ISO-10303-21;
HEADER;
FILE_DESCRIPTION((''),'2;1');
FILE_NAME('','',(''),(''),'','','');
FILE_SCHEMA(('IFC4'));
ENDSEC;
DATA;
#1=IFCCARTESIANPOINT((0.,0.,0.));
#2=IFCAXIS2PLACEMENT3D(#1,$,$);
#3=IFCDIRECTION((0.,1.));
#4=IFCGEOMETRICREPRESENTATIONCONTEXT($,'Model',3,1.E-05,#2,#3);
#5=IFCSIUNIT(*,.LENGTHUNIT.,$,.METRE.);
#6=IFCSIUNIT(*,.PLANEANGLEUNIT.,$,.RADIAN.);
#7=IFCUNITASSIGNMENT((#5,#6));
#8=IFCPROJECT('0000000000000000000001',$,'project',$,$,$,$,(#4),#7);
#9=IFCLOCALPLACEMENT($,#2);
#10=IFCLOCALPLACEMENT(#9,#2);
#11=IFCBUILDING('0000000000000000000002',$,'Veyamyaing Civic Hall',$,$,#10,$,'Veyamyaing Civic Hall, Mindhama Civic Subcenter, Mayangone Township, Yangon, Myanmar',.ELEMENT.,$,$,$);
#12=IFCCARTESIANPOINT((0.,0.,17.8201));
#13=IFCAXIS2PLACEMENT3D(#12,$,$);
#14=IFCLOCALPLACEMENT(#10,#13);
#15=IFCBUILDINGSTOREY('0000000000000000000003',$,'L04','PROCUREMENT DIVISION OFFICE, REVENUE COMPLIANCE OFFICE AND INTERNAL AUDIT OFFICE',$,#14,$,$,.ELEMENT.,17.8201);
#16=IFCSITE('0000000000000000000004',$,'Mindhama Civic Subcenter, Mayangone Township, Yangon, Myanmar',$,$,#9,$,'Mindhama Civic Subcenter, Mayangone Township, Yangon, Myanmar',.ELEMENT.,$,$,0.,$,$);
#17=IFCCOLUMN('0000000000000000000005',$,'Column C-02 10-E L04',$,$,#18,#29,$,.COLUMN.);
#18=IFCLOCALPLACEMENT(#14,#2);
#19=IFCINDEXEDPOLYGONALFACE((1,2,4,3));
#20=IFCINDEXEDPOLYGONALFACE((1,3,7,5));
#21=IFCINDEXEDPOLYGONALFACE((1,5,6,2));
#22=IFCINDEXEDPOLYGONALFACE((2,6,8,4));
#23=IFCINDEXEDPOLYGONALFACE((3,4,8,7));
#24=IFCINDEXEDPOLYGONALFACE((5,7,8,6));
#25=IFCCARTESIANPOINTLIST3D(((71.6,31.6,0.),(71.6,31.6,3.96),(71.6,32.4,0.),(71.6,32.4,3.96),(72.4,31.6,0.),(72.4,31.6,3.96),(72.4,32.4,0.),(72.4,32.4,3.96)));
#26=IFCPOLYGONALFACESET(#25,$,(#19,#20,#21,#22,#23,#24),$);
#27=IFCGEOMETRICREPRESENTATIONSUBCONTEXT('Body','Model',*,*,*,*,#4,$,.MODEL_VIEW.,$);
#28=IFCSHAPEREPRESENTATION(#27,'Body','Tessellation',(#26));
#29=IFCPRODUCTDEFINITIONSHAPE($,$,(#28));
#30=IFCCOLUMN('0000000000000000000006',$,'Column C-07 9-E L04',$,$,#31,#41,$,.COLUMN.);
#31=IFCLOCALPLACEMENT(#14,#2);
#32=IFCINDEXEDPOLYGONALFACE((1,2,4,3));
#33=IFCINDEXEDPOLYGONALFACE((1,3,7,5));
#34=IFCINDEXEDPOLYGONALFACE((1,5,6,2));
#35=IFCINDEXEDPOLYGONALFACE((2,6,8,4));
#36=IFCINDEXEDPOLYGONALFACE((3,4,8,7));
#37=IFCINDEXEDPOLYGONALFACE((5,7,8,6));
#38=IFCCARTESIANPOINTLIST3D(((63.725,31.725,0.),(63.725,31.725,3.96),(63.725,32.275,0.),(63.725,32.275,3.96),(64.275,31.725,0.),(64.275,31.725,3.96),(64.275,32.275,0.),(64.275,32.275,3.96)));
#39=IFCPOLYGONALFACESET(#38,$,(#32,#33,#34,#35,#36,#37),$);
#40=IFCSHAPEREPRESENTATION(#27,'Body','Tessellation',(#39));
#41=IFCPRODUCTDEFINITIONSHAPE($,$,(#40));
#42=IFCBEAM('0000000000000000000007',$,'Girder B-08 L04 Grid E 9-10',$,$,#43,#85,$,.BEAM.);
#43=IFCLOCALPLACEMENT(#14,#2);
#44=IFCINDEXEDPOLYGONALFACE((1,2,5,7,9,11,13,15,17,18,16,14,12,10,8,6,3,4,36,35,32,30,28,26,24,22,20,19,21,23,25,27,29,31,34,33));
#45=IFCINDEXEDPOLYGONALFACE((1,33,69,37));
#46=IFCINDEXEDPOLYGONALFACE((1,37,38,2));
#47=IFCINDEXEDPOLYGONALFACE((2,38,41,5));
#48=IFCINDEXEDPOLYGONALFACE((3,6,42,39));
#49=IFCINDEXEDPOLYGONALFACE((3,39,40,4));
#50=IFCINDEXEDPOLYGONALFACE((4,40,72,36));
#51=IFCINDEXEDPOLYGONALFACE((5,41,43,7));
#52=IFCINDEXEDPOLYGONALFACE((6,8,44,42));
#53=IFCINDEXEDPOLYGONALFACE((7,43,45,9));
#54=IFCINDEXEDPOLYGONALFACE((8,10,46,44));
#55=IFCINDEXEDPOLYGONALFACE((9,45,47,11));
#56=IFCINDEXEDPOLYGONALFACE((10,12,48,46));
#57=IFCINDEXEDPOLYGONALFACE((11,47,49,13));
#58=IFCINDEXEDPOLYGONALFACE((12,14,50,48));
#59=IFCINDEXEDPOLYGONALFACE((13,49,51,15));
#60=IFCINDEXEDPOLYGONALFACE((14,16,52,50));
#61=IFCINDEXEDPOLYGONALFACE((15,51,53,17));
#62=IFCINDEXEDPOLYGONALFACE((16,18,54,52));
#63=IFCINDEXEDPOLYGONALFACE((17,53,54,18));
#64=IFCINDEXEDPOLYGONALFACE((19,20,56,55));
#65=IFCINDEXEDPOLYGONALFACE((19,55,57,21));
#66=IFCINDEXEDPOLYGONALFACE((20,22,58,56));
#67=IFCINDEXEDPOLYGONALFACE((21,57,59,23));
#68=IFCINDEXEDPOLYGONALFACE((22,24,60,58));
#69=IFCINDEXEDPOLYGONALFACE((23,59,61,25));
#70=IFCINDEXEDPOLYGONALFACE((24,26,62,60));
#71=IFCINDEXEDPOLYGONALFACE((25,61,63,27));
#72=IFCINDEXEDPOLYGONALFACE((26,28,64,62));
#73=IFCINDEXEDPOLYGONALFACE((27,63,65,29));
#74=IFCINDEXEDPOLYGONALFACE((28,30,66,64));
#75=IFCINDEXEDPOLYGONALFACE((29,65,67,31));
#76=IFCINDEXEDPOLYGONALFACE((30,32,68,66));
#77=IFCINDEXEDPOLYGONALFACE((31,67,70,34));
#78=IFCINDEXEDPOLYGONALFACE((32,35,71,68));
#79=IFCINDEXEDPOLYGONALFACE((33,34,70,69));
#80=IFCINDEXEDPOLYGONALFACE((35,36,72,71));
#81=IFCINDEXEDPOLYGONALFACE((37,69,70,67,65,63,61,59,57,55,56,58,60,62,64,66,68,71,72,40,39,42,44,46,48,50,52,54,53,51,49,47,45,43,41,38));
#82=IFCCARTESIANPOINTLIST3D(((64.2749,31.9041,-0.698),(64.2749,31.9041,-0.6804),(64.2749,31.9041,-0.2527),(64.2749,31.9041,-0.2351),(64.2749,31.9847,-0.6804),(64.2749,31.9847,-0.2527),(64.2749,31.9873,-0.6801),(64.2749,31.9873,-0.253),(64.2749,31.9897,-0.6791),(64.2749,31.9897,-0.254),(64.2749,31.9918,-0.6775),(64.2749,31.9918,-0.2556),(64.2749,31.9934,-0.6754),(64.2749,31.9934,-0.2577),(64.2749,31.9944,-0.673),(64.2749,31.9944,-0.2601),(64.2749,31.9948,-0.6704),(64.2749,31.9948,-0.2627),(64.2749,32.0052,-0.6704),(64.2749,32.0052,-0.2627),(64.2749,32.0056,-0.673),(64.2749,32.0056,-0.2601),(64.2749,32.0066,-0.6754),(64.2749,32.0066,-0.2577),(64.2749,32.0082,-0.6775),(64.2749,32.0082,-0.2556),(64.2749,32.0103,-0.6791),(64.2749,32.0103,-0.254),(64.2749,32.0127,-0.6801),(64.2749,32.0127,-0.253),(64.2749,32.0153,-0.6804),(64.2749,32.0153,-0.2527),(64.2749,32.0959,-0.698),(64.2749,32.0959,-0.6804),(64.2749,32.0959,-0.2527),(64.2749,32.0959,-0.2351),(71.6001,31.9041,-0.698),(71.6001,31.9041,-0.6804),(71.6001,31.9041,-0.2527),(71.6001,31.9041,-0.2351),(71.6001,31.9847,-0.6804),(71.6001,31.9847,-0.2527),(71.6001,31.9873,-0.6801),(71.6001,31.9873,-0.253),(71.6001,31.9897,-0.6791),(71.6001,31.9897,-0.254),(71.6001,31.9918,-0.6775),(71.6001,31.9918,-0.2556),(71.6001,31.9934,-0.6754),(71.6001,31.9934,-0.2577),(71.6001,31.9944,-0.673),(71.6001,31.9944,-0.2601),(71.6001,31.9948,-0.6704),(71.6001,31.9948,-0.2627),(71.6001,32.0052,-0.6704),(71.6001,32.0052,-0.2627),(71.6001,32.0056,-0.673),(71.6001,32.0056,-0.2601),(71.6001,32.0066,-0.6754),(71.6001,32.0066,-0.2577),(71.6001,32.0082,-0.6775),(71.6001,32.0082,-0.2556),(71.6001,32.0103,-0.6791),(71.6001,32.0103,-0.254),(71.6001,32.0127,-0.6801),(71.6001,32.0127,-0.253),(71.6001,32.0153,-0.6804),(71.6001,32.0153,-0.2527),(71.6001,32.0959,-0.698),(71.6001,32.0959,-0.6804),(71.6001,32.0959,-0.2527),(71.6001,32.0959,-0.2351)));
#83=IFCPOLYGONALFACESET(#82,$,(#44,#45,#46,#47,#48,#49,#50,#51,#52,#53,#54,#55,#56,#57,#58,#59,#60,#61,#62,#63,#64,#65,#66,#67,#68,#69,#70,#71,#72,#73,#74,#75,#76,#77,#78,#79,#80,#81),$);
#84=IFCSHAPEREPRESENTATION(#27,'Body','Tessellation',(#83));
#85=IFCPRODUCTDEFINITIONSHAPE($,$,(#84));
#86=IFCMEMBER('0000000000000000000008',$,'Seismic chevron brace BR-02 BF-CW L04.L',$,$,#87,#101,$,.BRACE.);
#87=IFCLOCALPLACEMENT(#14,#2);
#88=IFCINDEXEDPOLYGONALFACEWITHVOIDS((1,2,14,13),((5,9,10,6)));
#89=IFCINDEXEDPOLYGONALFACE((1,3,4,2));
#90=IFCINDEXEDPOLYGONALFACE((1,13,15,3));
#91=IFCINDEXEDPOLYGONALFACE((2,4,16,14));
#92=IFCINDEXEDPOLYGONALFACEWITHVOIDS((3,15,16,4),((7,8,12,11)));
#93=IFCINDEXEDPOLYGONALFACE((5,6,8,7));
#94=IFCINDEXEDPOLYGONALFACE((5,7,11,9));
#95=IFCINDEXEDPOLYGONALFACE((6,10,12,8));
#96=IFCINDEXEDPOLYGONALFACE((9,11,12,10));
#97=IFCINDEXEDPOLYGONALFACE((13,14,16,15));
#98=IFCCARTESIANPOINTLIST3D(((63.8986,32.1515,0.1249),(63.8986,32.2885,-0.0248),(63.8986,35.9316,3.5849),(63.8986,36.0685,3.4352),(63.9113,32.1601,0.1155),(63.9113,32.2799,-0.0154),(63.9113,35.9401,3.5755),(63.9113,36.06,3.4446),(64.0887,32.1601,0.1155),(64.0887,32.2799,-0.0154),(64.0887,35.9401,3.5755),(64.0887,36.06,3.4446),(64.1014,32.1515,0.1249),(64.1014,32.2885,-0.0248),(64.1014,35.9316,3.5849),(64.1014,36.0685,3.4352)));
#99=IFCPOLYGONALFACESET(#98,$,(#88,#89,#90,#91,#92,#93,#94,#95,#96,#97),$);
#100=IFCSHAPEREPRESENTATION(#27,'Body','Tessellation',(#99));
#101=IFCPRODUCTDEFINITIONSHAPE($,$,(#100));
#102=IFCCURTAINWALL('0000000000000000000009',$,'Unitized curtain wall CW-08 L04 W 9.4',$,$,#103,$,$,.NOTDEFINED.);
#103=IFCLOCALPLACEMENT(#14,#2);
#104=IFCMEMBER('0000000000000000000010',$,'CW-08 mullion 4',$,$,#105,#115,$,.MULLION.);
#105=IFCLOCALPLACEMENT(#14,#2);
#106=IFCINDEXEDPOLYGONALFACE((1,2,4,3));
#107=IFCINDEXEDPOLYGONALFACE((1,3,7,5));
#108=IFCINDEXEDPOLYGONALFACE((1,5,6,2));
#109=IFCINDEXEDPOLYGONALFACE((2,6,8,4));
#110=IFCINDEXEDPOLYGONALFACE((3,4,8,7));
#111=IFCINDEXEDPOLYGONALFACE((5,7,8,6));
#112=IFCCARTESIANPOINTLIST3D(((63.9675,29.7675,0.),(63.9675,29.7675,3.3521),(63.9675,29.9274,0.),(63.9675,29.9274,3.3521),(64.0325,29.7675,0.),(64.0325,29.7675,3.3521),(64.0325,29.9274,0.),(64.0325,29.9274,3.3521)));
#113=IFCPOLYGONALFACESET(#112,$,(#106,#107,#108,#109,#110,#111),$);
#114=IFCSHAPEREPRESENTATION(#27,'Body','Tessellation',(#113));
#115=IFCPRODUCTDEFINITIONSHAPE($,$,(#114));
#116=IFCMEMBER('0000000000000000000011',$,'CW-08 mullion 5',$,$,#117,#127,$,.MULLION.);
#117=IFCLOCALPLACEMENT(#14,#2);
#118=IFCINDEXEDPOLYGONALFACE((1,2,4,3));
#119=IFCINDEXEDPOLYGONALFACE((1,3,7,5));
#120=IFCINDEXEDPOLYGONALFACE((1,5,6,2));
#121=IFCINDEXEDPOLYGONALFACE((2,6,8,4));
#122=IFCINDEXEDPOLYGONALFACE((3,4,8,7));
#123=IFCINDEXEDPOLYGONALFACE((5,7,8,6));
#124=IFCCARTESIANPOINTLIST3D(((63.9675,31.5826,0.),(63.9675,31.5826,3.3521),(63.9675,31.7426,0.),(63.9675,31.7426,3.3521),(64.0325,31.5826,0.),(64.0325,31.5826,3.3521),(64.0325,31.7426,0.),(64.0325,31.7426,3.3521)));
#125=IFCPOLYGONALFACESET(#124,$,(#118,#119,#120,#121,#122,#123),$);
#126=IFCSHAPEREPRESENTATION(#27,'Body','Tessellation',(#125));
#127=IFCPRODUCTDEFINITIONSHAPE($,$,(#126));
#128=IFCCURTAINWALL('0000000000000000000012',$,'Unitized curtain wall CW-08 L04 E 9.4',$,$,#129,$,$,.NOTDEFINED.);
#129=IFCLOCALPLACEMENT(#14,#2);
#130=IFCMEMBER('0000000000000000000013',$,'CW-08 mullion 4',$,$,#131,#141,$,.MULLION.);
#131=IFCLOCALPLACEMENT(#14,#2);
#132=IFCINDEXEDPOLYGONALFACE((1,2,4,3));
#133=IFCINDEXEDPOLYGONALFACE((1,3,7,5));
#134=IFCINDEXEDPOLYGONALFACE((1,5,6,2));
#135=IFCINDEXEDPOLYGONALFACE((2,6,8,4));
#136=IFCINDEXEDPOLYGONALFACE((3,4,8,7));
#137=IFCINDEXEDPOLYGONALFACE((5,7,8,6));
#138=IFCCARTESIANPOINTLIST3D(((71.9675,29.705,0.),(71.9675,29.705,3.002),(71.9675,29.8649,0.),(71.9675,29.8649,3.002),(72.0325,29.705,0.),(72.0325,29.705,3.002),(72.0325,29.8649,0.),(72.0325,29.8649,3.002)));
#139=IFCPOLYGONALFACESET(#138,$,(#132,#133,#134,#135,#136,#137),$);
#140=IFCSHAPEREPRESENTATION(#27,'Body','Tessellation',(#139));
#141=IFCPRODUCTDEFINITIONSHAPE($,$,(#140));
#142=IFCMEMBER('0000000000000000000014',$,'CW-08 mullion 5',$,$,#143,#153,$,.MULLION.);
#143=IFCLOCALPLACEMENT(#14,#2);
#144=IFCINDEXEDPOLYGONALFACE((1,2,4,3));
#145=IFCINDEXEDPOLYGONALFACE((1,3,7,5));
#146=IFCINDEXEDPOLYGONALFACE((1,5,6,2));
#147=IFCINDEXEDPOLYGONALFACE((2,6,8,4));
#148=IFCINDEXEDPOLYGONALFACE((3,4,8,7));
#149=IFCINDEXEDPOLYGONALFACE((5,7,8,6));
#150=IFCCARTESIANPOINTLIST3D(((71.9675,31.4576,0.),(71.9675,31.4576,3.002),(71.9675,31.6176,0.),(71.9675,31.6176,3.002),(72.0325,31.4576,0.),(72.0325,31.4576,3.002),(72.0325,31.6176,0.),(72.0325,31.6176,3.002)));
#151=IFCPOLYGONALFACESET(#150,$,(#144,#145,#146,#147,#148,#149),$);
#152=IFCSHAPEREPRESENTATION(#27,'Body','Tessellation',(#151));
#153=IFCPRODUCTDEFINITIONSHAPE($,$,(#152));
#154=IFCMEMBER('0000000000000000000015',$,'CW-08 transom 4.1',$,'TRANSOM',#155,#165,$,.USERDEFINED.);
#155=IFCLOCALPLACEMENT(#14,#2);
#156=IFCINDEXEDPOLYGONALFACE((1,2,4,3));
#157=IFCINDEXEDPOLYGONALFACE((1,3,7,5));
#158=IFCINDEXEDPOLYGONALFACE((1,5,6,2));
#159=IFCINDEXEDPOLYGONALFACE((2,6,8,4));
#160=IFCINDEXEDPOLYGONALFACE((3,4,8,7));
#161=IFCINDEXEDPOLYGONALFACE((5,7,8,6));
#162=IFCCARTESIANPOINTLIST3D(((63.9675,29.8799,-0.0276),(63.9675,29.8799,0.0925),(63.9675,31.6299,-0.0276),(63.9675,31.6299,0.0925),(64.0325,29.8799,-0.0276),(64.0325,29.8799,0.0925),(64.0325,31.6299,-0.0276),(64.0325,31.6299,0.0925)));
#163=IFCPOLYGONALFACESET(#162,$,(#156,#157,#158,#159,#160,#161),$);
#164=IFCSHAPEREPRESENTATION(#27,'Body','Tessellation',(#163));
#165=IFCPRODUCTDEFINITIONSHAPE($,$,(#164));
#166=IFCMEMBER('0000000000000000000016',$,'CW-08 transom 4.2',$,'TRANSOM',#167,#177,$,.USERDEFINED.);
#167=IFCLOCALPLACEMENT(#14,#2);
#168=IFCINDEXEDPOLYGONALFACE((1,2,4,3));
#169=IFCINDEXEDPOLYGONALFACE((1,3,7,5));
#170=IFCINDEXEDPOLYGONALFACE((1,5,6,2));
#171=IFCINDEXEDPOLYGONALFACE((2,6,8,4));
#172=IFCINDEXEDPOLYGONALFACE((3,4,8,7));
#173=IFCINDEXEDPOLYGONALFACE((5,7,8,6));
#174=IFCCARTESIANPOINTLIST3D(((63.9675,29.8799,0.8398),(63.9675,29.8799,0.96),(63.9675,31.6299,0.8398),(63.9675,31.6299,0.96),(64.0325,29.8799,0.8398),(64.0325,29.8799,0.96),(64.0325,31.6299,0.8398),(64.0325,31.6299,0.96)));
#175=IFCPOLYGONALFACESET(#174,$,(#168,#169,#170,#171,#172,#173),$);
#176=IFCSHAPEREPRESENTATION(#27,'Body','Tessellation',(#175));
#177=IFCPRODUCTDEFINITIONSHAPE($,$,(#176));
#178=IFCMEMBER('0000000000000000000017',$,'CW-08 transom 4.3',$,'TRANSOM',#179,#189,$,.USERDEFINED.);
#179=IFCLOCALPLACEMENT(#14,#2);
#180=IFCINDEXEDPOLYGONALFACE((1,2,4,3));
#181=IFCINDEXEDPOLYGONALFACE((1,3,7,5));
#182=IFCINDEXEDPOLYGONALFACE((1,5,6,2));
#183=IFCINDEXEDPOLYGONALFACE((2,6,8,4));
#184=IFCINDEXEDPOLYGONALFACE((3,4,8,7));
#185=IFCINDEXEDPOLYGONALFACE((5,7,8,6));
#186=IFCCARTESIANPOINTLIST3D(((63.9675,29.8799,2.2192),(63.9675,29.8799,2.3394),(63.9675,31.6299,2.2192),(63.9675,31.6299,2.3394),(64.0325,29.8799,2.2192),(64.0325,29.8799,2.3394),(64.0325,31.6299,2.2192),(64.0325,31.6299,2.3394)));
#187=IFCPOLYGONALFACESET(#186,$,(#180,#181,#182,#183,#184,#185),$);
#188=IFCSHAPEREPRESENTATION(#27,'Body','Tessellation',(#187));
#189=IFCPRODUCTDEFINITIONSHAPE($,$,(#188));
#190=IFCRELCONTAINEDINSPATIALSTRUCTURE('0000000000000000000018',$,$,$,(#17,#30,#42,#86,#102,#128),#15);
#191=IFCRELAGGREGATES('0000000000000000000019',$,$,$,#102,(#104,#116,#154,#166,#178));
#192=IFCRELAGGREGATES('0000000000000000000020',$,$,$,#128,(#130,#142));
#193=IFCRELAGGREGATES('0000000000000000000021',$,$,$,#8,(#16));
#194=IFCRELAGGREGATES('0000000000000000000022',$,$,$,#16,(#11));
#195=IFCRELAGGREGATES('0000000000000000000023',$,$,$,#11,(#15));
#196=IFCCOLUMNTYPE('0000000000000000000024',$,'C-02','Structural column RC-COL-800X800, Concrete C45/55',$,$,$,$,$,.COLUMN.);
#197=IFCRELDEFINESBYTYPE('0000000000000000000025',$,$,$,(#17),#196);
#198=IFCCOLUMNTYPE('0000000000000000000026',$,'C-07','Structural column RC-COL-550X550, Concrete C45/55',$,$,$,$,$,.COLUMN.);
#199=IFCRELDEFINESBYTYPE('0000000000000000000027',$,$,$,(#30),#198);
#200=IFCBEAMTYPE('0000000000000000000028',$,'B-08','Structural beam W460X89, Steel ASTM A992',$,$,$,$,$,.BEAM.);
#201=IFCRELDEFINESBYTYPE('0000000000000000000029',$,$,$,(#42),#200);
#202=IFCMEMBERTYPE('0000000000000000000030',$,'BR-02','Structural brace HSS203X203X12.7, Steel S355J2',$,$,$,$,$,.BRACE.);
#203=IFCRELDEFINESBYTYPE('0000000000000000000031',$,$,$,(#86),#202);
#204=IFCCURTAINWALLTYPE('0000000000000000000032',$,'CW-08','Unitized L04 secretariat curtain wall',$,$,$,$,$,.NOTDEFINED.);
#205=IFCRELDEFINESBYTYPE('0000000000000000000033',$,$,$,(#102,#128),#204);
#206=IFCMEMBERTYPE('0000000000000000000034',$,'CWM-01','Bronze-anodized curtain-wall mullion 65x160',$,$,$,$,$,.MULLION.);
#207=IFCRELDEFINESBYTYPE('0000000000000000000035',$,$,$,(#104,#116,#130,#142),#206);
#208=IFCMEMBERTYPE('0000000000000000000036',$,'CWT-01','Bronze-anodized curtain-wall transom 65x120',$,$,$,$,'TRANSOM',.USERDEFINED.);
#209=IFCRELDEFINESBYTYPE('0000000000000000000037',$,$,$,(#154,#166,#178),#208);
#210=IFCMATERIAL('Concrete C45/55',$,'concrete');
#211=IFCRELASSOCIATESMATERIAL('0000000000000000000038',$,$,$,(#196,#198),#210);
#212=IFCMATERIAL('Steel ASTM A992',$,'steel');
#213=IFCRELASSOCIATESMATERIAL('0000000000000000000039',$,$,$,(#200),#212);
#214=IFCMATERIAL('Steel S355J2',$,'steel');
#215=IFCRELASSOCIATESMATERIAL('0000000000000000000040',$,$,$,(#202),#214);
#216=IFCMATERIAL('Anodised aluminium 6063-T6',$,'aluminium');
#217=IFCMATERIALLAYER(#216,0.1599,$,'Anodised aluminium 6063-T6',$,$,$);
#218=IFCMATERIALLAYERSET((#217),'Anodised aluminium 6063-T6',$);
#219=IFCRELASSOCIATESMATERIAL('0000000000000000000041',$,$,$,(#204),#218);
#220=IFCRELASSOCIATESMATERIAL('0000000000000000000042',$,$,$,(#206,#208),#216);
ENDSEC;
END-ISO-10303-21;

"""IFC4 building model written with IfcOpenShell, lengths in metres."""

from ifc_helpers import new_model, si_unit, direction, frame, origin, origin_2d, place, context, subcontext, project, spatial, rectangle, hollow_rectangle, i_section, extrude, material, layer, layer_set, material_profile, profile_set, type_object, element, aggregate, save


model = new_model("IFC4")

# Units and contexts
model_context = context("Model", 3, precision=1e-05, world=origin(), true_north=direction((0.0, 1.0)))
body_context = subcontext(model_context, "Body", "Model", "MODEL_VIEW")
ifc_project = project(units=[si_unit("LENGTHUNIT", "METRE"), si_unit("PLANEANGLEUNIT", "RADIAN")], contexts=[model_context])

# Site, building, storey
site_placement = place(None, origin())
site = spatial("IfcSite", under=ifc_project, at=site_placement, Name="Mindhama Civic Subcenter, Mayangone Township, Yangon, Myanmar", LongName="Mindhama Civic Subcenter, Mayangone Township, Yangon, Myanmar", CompositionType="ELEMENT", RefElevation=0.0)
building_placement = place(site_placement, origin())
building = spatial("IfcBuilding", under=site, at=building_placement, Name="Veyamyaing Civic Hall", LongName="Veyamyaing Civic Hall, Mindhama Civic Subcenter, Mayangone Township, Yangon, Myanmar", CompositionType="ELEMENT")
storey_placement = place(building_placement, frame((0.0, 0.0, 17.8201)))
storey = spatial("IfcBuildingStorey", under=building, at=storey_placement, Name="L04", Description="PROCUREMENT DIVISION OFFICE, REVENUE COMPLIANCE OFFICE AND INTERNAL AUDIT OFFICE", CompositionType="ELEMENT", Elevation=17.8201)

# Columns
ifc_material_1 = material(Name="Concrete C45/55", Category="concrete")
ifc_material_profile_1 = material_profile(ifc_material_1, rectangle(XDim=0.8, YDim=0.8, at=origin_2d()), Name="RC-COL-800X800")
ifc_profile_set_1 = profile_set([ifc_material_profile_1], Name="Concrete C45/55")
column_type_1 = type_object("IfcColumnType", Name="C-02", Description="Structural column RC-COL-800X800, Concrete C45/55", PredefinedType="COLUMN", material=ifc_profile_set_1)
column_1_placement = place(storey_placement, frame((72.0, 32.0, 0.0), z_axis=(0.0, 0.0, 1.0), x_axis=(1.0, 0.0, 0.0)))
element("IfcColumn", 1, at=column_1_placement, inside=storey, type_object=column_type_1, Name="Column C-02 10-E L04", PredefinedType="COLUMN", context=body_context, shape_type="SweptSolid", body=[
    extrude(rectangle(XDim=0.8, YDim=0.8, at=origin_2d()), origin(), (0.0, 0.0, 1.0), 3.96),
])
ifc_material_profile_2 = material_profile(ifc_material_1, rectangle(XDim=0.55, YDim=0.55, at=origin_2d()), Name="RC-COL-550X550")
ifc_profile_set_2 = profile_set([ifc_material_profile_2], Name="Concrete C45/55")
column_type_2 = type_object("IfcColumnType", Name="C-07", Description="Structural column RC-COL-550X550, Concrete C45/55", PredefinedType="COLUMN", material=ifc_profile_set_2)
column_2_placement = place(storey_placement, frame((64.0, 32.0, 0.0), z_axis=(0.0, 0.0, 1.0), x_axis=(1.0, 0.0, 0.0)))
element("IfcColumn", 2, at=column_2_placement, inside=storey, type_object=column_type_2, Name="Column C-07 9-E L04", PredefinedType="COLUMN", context=body_context, shape_type="SweptSolid", body=[
    extrude(rectangle(XDim=0.55, YDim=0.55, at=origin_2d()), origin(), (0.0, 0.0, 1.0), 3.96),
])

# Beam
ifc_material_2 = material(Name="Steel ASTM A992", Category="steel")
ifc_material_profile_3 = material_profile(ifc_material_2, i_section(OverallWidth=0.1919, OverallDepth=0.4629, WebThickness=0.0105, FlangeThickness=0.0176, FilletRadius=0.01, at=origin_2d()), Name="W460X89")
ifc_profile_set_3 = profile_set([ifc_material_profile_3], Name="Steel ASTM A992")
beam_type_1 = type_object("IfcBeamType", Name="B-08", Description="Structural beam W460X89, Steel ASTM A992", PredefinedType="BEAM", material=ifc_profile_set_3)
beam_1_placement = place(storey_placement, frame((64.2749, 32.0, -0.4666), z_axis=(1.0, 0.0, 0.0), x_axis=(0.0, 1.0, 0.0)))
element("IfcBeam", 3, at=beam_1_placement, inside=storey, type_object=beam_type_1, Name="Girder B-08 L04 Grid E 9-10", PredefinedType="BEAM", context=body_context, shape_type="SweptSolid", body=[
    extrude(i_section(OverallWidth=0.1919, OverallDepth=0.4629, WebThickness=0.0105, FlangeThickness=0.0176, FilletRadius=0.01, at=origin_2d()), origin(), (0.0, 0.0, 1.0), 7.3252),
])

# Member
ifc_material_3 = material(Name="Steel S355J2", Category="steel")
ifc_material_profile_4 = material_profile(ifc_material_3, hollow_rectangle(XDim=0.2029, YDim=0.2029, WallThickness=0.0127, at=origin_2d()), Name="HSS203X203X12.7")
ifc_profile_set_4 = profile_set([ifc_material_profile_4], Name="Steel S355J2")
member_type_1 = type_object("IfcMemberType", Name="BR-02", Description="Structural brace HSS203X203X12.7, Steel S355J2", PredefinedType="BRACE", material=ifc_profile_set_4)
member_1_placement = place(storey_placement, frame((64.0, 32.22, 0.05), z_axis=(0.0, 0.737646, 0.675187), x_axis=(-1.0, 0.0, 0.0)))
element("IfcMember", 4, at=member_1_placement, inside=storey, type_object=member_type_1, Name="Seismic chevron brace BR-02 BF-CW L04.L", PredefinedType="BRACE", context=body_context, shape_type="SweptSolid", body=[
    extrude(hollow_rectangle(XDim=0.2029, YDim=0.2029, WallThickness=0.0127, at=origin_2d()), origin(), (0.0, 0.0, 1.0), 5.1245),
])

# Curtain walls, members
ifc_material_4 = material(Name="Anodised aluminium 6063-T6", Category="aluminium")
ifc_layer_1 = layer(ifc_material_4, 0.1599, Name="Anodised aluminium 6063-T6")
ifc_layer_set_1 = layer_set([ifc_layer_1], Name="Anodised aluminium 6063-T6")
curtain_wall_type = type_object("IfcCurtainWallType", Name="CW-08", Description="Unitized L04 secretariat curtain wall", PredefinedType="NOTDEFINED", material=ifc_layer_set_1)
curtain_wall_1_placement = place(storey_placement, origin())
curtain_wall_1 = element("IfcCurtainWall", 5, at=curtain_wall_1_placement, inside=storey, type_object=curtain_wall_type, Name="Unitized curtain wall CW-08 L04 W 9.4", PredefinedType="NOTDEFINED")
ifc_material_profile_5 = material_profile(ifc_material_4, rectangle(XDim=0.0649, YDim=0.1599, at=origin_2d()), Name="ALU-MUL-65X160")
ifc_profile_set_5 = profile_set([ifc_material_profile_5], Name="Anodised aluminium 6063-T6")
member_type_2 = type_object("IfcMemberType", Name="CWM-01", Description="Bronze-anodized curtain-wall mullion 65x160", PredefinedType="MULLION", material=ifc_profile_set_5)
member_2_placement = place(storey_placement, frame((64.0, 29.8474, 0.0), z_axis=(0.0, 0.0, 1.0), x_axis=(-1.0, 0.0, 0.0)))
member_2 = element("IfcMember", 6, at=member_2_placement, type_object=member_type_2, Name="CW-08 mullion 4", PredefinedType="MULLION", context=body_context, shape_type="SweptSolid", body=[
    extrude(rectangle(XDim=0.0649, YDim=0.1599, at=origin_2d()), origin(), (0.0, 0.0, 1.0), 3.3521),
])
member_3_placement = place(storey_placement, frame((64.0, 31.6626, 0.0), z_axis=(0.0, 0.0, 1.0), x_axis=(-1.0, 0.0, 0.0)))
member_3 = element("IfcMember", 7, at=member_3_placement, type_object=member_type_2, Name="CW-08 mullion 5", PredefinedType="MULLION", context=body_context, shape_type="SweptSolid", body=[
    extrude(rectangle(XDim=0.0649, YDim=0.1599, at=origin_2d()), origin(), (0.0, 0.0, 1.0), 3.3521),
])
curtain_wall_2_placement = place(storey_placement, origin())
curtain_wall_2 = element("IfcCurtainWall", 8, at=curtain_wall_2_placement, inside=storey, type_object=curtain_wall_type, Name="Unitized curtain wall CW-08 L04 E 9.4", PredefinedType="NOTDEFINED")
member_4_placement = place(storey_placement, frame((72.0, 29.7849, 0.0), z_axis=(0.0, 0.0, 1.0), x_axis=(-1.0, 0.0, 0.0)))
member_4 = element("IfcMember", 9, at=member_4_placement, type_object=member_type_2, Name="CW-08 mullion 4", PredefinedType="MULLION", context=body_context, shape_type="SweptSolid", body=[
    extrude(rectangle(XDim=0.0649, YDim=0.1599, at=origin_2d()), origin(), (0.0, 0.0, 1.0), 3.002),
])
member_5_placement = place(storey_placement, frame((72.0, 31.5376, 0.0), z_axis=(0.0, 0.0, 1.0), x_axis=(-1.0, 0.0, 0.0)))
member_5 = element("IfcMember", 10, at=member_5_placement, type_object=member_type_2, Name="CW-08 mullion 5", PredefinedType="MULLION", context=body_context, shape_type="SweptSolid", body=[
    extrude(rectangle(XDim=0.0649, YDim=0.1599, at=origin_2d()), origin(), (0.0, 0.0, 1.0), 3.002),
])

# Members
ifc_material_profile_6 = material_profile(ifc_material_4, rectangle(XDim=0.0649, YDim=0.1201, at=origin_2d()), Name="ALU-TRN-65X120")
ifc_profile_set_6 = profile_set([ifc_material_profile_6], Name="Anodised aluminium 6063-T6")
member_type_3 = type_object("IfcMemberType", Name="CWT-01", Description="Bronze-anodized curtain-wall transom 65x120", ElementType="TRANSOM", PredefinedType="USERDEFINED", material=ifc_profile_set_6)
member_6_placement = place(storey_placement, frame((64.0, 29.8799, 0.0325), z_axis=(0.0, 1.0, 0.0), x_axis=(-1.0, 0.0, 0.0)))
member_6 = element("IfcMember", 11, at=member_6_placement, type_object=member_type_3, Name="CW-08 transom 4.1", ObjectType="TRANSOM", PredefinedType="USERDEFINED", context=body_context, shape_type="SweptSolid", body=[
    extrude(rectangle(XDim=0.0649, YDim=0.1201, at=origin_2d()), origin(), (0.0, 0.0, 1.0), 1.75),
])
member_7_placement = place(storey_placement, frame((64.0, 29.8799, 0.8999), z_axis=(0.0, 1.0, 0.0), x_axis=(-1.0, 0.0, 0.0)))
member_7 = element("IfcMember", 12, at=member_7_placement, type_object=member_type_3, Name="CW-08 transom 4.2", ObjectType="TRANSOM", PredefinedType="USERDEFINED", context=body_context, shape_type="SweptSolid", body=[
    extrude(rectangle(XDim=0.0649, YDim=0.1201, at=origin_2d()), origin(), (0.0, 0.0, 1.0), 1.75),
])
member_8_placement = place(storey_placement, frame((64.0, 29.8799, 2.2793), z_axis=(0.0, 1.0, 0.0), x_axis=(-1.0, 0.0, 0.0)))
member_8 = element("IfcMember", 13, at=member_8_placement, type_object=member_type_3, Name="CW-08 transom 4.3", ObjectType="TRANSOM", PredefinedType="USERDEFINED", context=body_context, shape_type="SweptSolid", body=[
    extrude(rectangle(XDim=0.0649, YDim=0.1201, at=origin_2d()), origin(), (0.0, 0.0, 1.0), 1.75),
])

aggregate(curtain_wall_1, [member_2, member_3, member_6, member_7, member_8])
aggregate(curtain_wall_2, [member_4, member_5])

save(model, "model.ifc")
